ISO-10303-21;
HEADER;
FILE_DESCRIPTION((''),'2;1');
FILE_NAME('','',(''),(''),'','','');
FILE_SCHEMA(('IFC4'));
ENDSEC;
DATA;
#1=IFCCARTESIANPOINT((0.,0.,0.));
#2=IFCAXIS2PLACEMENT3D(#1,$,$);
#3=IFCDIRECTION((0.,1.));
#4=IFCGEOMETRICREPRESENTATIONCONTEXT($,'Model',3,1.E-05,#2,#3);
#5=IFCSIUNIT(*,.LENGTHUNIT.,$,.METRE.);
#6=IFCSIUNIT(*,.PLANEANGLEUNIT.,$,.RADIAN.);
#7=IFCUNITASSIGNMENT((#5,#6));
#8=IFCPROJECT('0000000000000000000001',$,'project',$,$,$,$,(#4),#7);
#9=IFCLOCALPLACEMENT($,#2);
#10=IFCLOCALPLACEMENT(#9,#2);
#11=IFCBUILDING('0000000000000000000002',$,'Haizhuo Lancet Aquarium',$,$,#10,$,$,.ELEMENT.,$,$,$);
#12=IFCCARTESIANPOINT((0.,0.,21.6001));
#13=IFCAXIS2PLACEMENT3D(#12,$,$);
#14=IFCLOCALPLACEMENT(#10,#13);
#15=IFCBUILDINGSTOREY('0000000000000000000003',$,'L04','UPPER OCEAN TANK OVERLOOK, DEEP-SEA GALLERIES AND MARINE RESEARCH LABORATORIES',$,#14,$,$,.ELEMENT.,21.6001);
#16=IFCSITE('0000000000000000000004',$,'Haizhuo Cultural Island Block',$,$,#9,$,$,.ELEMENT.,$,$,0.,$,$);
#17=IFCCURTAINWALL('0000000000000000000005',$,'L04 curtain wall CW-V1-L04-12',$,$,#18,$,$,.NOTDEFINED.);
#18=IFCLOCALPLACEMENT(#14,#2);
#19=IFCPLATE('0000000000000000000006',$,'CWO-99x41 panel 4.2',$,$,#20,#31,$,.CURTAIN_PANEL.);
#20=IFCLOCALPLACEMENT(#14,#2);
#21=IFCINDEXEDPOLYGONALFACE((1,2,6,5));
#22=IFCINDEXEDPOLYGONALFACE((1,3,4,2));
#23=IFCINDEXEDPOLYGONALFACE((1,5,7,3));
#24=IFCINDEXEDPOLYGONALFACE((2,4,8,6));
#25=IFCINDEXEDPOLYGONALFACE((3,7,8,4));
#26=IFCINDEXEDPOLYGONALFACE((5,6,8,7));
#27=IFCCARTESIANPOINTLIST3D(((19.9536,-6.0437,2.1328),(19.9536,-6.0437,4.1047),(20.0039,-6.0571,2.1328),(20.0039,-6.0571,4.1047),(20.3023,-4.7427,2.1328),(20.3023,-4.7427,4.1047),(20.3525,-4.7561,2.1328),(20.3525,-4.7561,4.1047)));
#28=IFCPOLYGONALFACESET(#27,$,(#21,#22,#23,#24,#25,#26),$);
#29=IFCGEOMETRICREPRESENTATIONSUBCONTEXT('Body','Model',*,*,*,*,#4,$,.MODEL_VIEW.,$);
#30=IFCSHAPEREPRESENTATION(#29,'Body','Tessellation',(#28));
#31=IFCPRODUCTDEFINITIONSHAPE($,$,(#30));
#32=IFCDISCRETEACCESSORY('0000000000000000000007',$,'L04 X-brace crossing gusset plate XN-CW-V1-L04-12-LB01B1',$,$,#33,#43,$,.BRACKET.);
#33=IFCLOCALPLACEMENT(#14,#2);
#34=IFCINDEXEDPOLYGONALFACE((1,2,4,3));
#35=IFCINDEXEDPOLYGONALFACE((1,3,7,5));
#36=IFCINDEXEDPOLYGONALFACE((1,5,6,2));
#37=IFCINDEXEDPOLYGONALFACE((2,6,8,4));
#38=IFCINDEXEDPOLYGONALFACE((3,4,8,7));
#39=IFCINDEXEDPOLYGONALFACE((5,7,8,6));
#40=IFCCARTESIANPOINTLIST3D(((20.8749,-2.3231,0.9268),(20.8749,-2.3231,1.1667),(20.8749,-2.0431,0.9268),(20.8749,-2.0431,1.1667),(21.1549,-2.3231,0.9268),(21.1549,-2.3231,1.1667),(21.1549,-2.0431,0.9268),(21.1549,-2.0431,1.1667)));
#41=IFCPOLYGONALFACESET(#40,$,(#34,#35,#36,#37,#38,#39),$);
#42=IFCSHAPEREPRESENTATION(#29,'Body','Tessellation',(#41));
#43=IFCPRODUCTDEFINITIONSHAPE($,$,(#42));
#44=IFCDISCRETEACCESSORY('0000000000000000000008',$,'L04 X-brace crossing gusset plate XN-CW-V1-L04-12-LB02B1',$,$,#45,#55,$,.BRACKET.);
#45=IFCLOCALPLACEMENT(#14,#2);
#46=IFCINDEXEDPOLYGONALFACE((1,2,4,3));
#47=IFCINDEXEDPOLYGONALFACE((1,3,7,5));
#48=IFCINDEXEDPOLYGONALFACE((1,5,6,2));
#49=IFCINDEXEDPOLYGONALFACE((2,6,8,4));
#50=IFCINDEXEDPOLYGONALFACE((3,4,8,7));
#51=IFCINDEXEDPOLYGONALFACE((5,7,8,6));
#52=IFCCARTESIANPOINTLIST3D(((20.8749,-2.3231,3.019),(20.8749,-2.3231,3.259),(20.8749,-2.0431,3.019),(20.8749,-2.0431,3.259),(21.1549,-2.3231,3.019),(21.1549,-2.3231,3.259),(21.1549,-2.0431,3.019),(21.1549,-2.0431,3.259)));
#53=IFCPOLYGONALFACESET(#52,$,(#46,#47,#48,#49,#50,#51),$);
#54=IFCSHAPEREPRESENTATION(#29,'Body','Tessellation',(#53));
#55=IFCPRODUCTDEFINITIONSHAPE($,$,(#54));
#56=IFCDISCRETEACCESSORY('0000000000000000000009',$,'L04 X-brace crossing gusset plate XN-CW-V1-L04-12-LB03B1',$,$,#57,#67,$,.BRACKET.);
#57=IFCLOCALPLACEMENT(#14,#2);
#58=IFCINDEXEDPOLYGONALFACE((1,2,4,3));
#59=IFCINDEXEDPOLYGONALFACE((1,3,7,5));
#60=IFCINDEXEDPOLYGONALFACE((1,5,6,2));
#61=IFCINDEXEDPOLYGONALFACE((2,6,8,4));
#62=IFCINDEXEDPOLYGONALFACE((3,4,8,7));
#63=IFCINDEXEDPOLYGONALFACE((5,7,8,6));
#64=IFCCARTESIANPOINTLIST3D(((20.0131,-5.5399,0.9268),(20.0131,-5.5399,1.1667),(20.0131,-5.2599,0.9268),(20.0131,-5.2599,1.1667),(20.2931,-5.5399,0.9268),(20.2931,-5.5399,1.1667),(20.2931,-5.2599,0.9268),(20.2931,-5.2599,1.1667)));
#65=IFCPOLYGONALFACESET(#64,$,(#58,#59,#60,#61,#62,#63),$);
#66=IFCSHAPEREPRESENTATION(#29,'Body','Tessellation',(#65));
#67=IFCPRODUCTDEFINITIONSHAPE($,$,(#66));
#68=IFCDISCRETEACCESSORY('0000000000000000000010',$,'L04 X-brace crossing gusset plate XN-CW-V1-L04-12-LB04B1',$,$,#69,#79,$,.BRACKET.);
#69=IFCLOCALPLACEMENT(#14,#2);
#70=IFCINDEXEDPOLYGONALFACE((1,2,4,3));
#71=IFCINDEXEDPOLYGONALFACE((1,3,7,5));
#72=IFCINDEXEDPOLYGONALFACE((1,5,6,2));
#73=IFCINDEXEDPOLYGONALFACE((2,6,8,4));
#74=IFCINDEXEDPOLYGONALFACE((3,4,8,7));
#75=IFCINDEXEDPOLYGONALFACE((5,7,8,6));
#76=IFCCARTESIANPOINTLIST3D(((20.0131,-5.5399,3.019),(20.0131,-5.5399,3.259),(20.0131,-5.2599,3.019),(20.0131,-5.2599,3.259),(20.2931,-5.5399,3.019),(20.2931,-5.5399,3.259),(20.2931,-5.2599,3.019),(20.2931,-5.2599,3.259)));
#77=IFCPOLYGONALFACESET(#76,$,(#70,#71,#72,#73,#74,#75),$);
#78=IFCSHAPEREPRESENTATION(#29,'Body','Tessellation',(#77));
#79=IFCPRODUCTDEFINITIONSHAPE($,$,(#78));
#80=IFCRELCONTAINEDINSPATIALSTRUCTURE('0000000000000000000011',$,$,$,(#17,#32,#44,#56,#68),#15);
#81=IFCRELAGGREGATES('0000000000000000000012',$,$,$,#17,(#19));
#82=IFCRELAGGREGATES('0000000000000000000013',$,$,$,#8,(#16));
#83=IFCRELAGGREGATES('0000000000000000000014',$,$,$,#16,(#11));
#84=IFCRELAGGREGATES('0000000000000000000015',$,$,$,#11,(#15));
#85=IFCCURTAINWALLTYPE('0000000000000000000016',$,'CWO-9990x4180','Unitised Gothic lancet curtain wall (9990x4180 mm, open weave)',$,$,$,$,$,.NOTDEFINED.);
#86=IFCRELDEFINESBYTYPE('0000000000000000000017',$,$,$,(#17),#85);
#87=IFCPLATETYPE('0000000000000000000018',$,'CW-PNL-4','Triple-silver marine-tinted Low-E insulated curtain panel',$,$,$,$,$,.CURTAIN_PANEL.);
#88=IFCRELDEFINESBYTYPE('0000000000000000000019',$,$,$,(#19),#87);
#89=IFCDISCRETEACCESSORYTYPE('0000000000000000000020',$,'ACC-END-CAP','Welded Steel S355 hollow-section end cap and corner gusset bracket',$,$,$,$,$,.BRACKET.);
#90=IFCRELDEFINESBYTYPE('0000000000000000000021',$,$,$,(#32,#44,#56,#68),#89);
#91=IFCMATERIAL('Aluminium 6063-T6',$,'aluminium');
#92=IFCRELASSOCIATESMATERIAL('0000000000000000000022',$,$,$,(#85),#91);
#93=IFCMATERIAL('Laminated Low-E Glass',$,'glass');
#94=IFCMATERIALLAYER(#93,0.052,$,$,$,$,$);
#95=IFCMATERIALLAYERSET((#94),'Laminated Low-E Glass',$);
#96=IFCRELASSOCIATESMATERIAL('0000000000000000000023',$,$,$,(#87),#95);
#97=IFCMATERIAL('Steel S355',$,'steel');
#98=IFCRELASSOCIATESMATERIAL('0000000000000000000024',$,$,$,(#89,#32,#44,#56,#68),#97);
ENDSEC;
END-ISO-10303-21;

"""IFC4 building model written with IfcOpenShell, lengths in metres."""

from ifc_helpers import new_model, si_unit, direction, frame, origin, origin_2d, place, context, subcontext, project, spatial, rectangle, extrude, material, layer, layer_set, type_object, element, aggregate, save


model = new_model("IFC4")

# Units and contexts
model_context = context("Model", 3, precision=1e-05, world=origin(), true_north=direction((0.0, 1.0)))
body_context = subcontext(model_context, "Body", "Model", "MODEL_VIEW")
ifc_project = project(units=[si_unit("LENGTHUNIT", "METRE"), si_unit("PLANEANGLEUNIT", "RADIAN")], contexts=[model_context])

# Site, building, storey
site_placement = place(None, origin())
site = spatial("IfcSite", under=ifc_project, at=site_placement, Name="Haizhuo Cultural Island Block", CompositionType="ELEMENT", RefElevation=0.0)
building_placement = place(site_placement, origin())
building = spatial("IfcBuilding", under=site, at=building_placement, Name="Haizhuo Lancet Aquarium", CompositionType="ELEMENT")
storey_placement = place(building_placement, frame((0.0, 0.0, 21.6001)))
storey = spatial("IfcBuildingStorey", under=building, at=storey_placement, Name="L04", Description="UPPER OCEAN TANK OVERLOOK, DEEP-SEA GALLERIES AND MARINE RESEARCH LABORATORIES", CompositionType="ELEMENT", Elevation=21.6001)

# Curtain wall
ifc_material_1 = material(Name="Aluminium 6063-T6", Category="aluminium")
curtain_wall_type = type_object("IfcCurtainWallType", Name="CWO-9990x4180", Description="Unitised Gothic lancet curtain wall (9990x4180 mm, open weave)", PredefinedType="NOTDEFINED", material=ifc_material_1)
curtain_wall_placement = place(storey_placement, origin())
curtain_wall = element("IfcCurtainWall", 1, at=curtain_wall_placement, inside=storey, type_object=curtain_wall_type, Name="L04 curtain wall CW-V1-L04-12", PredefinedType="NOTDEFINED")

# Shared definitions
ifc_material_2 = material(Name="Steel S355", Category="steel")

# Plate
ifc_material_3 = material(Name="Laminated Low-E Glass", Category="glass")
ifc_layer = layer(ifc_material_3, 0.052)
ifc_layer_set = layer_set([ifc_layer], Name="Laminated Low-E Glass")
plate_type = type_object("IfcPlateType", Name="CW-PNL-4", Description="Triple-silver marine-tinted Low-E insulated curtain panel", PredefinedType="CURTAIN_PANEL", material=ifc_layer_set)
plate_1_placement = place(storey_placement, frame((20.1531, -5.3999, 2.1328), z_axis=(0.0, 0.0, 1.0), x_axis=(-0.258853, -0.965917, 0.0)))
plate_1 = element("IfcPlate", 2, at=plate_1_placement, type_object=plate_type, Name="CWO-99x41 panel 4.2", PredefinedType="CURTAIN_PANEL", context=body_context, shape_type="SweptSolid", body=[
    extrude(rectangle(XDim=1.3469, YDim=0.052, at=origin_2d()), origin(), (0.0, 0.0, 1.0), 1.9719),
])
aggregate(curtain_wall, [plate_1])

# Discrete accessories
discrete_accessory_type = type_object("IfcDiscreteAccessoryType", Name="ACC-END-CAP", Description="Welded Steel S355 hollow-section end cap and corner gusset bracket", PredefinedType="BRACKET", material=ifc_material_2)
for number, where, z_axis, x_axis, name in (
    (3, (21.0149, -2.1831, 0.9268), (0.0, 0.0, 1.0), (1.0, 0.0, 0.0), "L04 X-brace crossing gusset plate XN-CW-V1-L04-12-LB01B1"),
    (4, (21.0149, -2.1831, 3.019), (0.0, 0.0, 1.0), (1.0, 0.0, 0.0), "L04 X-brace crossing gusset plate XN-CW-V1-L04-12-LB02B1"),
    (5, (20.1531, -5.3999, 0.9268), (0.0, 0.0, 1.0), (1.0, 0.0, 0.0), "L04 X-brace crossing gusset plate XN-CW-V1-L04-12-LB03B1"),
    (6, (20.1531, -5.3999, 3.019), (0.0, 0.0, 1.0), (1.0, 0.0, 0.0), "L04 X-brace crossing gusset plate XN-CW-V1-L04-12-LB04B1"),
):
    element("IfcDiscreteAccessory", number, at=place(storey_placement, frame(where, z_axis=z_axis, x_axis=x_axis)), inside=storey, type_object=discrete_accessory_type, material=ifc_material_2, Name=name, PredefinedType="BRACKET", context=body_context, shape_type="SweptSolid", body=[
        extrude(rectangle(XDim=0.28, YDim=0.28, at=origin_2d()), origin(), (0.0, 0.0, 1.0), 0.24),
    ])

save(model, "model.ifc")
